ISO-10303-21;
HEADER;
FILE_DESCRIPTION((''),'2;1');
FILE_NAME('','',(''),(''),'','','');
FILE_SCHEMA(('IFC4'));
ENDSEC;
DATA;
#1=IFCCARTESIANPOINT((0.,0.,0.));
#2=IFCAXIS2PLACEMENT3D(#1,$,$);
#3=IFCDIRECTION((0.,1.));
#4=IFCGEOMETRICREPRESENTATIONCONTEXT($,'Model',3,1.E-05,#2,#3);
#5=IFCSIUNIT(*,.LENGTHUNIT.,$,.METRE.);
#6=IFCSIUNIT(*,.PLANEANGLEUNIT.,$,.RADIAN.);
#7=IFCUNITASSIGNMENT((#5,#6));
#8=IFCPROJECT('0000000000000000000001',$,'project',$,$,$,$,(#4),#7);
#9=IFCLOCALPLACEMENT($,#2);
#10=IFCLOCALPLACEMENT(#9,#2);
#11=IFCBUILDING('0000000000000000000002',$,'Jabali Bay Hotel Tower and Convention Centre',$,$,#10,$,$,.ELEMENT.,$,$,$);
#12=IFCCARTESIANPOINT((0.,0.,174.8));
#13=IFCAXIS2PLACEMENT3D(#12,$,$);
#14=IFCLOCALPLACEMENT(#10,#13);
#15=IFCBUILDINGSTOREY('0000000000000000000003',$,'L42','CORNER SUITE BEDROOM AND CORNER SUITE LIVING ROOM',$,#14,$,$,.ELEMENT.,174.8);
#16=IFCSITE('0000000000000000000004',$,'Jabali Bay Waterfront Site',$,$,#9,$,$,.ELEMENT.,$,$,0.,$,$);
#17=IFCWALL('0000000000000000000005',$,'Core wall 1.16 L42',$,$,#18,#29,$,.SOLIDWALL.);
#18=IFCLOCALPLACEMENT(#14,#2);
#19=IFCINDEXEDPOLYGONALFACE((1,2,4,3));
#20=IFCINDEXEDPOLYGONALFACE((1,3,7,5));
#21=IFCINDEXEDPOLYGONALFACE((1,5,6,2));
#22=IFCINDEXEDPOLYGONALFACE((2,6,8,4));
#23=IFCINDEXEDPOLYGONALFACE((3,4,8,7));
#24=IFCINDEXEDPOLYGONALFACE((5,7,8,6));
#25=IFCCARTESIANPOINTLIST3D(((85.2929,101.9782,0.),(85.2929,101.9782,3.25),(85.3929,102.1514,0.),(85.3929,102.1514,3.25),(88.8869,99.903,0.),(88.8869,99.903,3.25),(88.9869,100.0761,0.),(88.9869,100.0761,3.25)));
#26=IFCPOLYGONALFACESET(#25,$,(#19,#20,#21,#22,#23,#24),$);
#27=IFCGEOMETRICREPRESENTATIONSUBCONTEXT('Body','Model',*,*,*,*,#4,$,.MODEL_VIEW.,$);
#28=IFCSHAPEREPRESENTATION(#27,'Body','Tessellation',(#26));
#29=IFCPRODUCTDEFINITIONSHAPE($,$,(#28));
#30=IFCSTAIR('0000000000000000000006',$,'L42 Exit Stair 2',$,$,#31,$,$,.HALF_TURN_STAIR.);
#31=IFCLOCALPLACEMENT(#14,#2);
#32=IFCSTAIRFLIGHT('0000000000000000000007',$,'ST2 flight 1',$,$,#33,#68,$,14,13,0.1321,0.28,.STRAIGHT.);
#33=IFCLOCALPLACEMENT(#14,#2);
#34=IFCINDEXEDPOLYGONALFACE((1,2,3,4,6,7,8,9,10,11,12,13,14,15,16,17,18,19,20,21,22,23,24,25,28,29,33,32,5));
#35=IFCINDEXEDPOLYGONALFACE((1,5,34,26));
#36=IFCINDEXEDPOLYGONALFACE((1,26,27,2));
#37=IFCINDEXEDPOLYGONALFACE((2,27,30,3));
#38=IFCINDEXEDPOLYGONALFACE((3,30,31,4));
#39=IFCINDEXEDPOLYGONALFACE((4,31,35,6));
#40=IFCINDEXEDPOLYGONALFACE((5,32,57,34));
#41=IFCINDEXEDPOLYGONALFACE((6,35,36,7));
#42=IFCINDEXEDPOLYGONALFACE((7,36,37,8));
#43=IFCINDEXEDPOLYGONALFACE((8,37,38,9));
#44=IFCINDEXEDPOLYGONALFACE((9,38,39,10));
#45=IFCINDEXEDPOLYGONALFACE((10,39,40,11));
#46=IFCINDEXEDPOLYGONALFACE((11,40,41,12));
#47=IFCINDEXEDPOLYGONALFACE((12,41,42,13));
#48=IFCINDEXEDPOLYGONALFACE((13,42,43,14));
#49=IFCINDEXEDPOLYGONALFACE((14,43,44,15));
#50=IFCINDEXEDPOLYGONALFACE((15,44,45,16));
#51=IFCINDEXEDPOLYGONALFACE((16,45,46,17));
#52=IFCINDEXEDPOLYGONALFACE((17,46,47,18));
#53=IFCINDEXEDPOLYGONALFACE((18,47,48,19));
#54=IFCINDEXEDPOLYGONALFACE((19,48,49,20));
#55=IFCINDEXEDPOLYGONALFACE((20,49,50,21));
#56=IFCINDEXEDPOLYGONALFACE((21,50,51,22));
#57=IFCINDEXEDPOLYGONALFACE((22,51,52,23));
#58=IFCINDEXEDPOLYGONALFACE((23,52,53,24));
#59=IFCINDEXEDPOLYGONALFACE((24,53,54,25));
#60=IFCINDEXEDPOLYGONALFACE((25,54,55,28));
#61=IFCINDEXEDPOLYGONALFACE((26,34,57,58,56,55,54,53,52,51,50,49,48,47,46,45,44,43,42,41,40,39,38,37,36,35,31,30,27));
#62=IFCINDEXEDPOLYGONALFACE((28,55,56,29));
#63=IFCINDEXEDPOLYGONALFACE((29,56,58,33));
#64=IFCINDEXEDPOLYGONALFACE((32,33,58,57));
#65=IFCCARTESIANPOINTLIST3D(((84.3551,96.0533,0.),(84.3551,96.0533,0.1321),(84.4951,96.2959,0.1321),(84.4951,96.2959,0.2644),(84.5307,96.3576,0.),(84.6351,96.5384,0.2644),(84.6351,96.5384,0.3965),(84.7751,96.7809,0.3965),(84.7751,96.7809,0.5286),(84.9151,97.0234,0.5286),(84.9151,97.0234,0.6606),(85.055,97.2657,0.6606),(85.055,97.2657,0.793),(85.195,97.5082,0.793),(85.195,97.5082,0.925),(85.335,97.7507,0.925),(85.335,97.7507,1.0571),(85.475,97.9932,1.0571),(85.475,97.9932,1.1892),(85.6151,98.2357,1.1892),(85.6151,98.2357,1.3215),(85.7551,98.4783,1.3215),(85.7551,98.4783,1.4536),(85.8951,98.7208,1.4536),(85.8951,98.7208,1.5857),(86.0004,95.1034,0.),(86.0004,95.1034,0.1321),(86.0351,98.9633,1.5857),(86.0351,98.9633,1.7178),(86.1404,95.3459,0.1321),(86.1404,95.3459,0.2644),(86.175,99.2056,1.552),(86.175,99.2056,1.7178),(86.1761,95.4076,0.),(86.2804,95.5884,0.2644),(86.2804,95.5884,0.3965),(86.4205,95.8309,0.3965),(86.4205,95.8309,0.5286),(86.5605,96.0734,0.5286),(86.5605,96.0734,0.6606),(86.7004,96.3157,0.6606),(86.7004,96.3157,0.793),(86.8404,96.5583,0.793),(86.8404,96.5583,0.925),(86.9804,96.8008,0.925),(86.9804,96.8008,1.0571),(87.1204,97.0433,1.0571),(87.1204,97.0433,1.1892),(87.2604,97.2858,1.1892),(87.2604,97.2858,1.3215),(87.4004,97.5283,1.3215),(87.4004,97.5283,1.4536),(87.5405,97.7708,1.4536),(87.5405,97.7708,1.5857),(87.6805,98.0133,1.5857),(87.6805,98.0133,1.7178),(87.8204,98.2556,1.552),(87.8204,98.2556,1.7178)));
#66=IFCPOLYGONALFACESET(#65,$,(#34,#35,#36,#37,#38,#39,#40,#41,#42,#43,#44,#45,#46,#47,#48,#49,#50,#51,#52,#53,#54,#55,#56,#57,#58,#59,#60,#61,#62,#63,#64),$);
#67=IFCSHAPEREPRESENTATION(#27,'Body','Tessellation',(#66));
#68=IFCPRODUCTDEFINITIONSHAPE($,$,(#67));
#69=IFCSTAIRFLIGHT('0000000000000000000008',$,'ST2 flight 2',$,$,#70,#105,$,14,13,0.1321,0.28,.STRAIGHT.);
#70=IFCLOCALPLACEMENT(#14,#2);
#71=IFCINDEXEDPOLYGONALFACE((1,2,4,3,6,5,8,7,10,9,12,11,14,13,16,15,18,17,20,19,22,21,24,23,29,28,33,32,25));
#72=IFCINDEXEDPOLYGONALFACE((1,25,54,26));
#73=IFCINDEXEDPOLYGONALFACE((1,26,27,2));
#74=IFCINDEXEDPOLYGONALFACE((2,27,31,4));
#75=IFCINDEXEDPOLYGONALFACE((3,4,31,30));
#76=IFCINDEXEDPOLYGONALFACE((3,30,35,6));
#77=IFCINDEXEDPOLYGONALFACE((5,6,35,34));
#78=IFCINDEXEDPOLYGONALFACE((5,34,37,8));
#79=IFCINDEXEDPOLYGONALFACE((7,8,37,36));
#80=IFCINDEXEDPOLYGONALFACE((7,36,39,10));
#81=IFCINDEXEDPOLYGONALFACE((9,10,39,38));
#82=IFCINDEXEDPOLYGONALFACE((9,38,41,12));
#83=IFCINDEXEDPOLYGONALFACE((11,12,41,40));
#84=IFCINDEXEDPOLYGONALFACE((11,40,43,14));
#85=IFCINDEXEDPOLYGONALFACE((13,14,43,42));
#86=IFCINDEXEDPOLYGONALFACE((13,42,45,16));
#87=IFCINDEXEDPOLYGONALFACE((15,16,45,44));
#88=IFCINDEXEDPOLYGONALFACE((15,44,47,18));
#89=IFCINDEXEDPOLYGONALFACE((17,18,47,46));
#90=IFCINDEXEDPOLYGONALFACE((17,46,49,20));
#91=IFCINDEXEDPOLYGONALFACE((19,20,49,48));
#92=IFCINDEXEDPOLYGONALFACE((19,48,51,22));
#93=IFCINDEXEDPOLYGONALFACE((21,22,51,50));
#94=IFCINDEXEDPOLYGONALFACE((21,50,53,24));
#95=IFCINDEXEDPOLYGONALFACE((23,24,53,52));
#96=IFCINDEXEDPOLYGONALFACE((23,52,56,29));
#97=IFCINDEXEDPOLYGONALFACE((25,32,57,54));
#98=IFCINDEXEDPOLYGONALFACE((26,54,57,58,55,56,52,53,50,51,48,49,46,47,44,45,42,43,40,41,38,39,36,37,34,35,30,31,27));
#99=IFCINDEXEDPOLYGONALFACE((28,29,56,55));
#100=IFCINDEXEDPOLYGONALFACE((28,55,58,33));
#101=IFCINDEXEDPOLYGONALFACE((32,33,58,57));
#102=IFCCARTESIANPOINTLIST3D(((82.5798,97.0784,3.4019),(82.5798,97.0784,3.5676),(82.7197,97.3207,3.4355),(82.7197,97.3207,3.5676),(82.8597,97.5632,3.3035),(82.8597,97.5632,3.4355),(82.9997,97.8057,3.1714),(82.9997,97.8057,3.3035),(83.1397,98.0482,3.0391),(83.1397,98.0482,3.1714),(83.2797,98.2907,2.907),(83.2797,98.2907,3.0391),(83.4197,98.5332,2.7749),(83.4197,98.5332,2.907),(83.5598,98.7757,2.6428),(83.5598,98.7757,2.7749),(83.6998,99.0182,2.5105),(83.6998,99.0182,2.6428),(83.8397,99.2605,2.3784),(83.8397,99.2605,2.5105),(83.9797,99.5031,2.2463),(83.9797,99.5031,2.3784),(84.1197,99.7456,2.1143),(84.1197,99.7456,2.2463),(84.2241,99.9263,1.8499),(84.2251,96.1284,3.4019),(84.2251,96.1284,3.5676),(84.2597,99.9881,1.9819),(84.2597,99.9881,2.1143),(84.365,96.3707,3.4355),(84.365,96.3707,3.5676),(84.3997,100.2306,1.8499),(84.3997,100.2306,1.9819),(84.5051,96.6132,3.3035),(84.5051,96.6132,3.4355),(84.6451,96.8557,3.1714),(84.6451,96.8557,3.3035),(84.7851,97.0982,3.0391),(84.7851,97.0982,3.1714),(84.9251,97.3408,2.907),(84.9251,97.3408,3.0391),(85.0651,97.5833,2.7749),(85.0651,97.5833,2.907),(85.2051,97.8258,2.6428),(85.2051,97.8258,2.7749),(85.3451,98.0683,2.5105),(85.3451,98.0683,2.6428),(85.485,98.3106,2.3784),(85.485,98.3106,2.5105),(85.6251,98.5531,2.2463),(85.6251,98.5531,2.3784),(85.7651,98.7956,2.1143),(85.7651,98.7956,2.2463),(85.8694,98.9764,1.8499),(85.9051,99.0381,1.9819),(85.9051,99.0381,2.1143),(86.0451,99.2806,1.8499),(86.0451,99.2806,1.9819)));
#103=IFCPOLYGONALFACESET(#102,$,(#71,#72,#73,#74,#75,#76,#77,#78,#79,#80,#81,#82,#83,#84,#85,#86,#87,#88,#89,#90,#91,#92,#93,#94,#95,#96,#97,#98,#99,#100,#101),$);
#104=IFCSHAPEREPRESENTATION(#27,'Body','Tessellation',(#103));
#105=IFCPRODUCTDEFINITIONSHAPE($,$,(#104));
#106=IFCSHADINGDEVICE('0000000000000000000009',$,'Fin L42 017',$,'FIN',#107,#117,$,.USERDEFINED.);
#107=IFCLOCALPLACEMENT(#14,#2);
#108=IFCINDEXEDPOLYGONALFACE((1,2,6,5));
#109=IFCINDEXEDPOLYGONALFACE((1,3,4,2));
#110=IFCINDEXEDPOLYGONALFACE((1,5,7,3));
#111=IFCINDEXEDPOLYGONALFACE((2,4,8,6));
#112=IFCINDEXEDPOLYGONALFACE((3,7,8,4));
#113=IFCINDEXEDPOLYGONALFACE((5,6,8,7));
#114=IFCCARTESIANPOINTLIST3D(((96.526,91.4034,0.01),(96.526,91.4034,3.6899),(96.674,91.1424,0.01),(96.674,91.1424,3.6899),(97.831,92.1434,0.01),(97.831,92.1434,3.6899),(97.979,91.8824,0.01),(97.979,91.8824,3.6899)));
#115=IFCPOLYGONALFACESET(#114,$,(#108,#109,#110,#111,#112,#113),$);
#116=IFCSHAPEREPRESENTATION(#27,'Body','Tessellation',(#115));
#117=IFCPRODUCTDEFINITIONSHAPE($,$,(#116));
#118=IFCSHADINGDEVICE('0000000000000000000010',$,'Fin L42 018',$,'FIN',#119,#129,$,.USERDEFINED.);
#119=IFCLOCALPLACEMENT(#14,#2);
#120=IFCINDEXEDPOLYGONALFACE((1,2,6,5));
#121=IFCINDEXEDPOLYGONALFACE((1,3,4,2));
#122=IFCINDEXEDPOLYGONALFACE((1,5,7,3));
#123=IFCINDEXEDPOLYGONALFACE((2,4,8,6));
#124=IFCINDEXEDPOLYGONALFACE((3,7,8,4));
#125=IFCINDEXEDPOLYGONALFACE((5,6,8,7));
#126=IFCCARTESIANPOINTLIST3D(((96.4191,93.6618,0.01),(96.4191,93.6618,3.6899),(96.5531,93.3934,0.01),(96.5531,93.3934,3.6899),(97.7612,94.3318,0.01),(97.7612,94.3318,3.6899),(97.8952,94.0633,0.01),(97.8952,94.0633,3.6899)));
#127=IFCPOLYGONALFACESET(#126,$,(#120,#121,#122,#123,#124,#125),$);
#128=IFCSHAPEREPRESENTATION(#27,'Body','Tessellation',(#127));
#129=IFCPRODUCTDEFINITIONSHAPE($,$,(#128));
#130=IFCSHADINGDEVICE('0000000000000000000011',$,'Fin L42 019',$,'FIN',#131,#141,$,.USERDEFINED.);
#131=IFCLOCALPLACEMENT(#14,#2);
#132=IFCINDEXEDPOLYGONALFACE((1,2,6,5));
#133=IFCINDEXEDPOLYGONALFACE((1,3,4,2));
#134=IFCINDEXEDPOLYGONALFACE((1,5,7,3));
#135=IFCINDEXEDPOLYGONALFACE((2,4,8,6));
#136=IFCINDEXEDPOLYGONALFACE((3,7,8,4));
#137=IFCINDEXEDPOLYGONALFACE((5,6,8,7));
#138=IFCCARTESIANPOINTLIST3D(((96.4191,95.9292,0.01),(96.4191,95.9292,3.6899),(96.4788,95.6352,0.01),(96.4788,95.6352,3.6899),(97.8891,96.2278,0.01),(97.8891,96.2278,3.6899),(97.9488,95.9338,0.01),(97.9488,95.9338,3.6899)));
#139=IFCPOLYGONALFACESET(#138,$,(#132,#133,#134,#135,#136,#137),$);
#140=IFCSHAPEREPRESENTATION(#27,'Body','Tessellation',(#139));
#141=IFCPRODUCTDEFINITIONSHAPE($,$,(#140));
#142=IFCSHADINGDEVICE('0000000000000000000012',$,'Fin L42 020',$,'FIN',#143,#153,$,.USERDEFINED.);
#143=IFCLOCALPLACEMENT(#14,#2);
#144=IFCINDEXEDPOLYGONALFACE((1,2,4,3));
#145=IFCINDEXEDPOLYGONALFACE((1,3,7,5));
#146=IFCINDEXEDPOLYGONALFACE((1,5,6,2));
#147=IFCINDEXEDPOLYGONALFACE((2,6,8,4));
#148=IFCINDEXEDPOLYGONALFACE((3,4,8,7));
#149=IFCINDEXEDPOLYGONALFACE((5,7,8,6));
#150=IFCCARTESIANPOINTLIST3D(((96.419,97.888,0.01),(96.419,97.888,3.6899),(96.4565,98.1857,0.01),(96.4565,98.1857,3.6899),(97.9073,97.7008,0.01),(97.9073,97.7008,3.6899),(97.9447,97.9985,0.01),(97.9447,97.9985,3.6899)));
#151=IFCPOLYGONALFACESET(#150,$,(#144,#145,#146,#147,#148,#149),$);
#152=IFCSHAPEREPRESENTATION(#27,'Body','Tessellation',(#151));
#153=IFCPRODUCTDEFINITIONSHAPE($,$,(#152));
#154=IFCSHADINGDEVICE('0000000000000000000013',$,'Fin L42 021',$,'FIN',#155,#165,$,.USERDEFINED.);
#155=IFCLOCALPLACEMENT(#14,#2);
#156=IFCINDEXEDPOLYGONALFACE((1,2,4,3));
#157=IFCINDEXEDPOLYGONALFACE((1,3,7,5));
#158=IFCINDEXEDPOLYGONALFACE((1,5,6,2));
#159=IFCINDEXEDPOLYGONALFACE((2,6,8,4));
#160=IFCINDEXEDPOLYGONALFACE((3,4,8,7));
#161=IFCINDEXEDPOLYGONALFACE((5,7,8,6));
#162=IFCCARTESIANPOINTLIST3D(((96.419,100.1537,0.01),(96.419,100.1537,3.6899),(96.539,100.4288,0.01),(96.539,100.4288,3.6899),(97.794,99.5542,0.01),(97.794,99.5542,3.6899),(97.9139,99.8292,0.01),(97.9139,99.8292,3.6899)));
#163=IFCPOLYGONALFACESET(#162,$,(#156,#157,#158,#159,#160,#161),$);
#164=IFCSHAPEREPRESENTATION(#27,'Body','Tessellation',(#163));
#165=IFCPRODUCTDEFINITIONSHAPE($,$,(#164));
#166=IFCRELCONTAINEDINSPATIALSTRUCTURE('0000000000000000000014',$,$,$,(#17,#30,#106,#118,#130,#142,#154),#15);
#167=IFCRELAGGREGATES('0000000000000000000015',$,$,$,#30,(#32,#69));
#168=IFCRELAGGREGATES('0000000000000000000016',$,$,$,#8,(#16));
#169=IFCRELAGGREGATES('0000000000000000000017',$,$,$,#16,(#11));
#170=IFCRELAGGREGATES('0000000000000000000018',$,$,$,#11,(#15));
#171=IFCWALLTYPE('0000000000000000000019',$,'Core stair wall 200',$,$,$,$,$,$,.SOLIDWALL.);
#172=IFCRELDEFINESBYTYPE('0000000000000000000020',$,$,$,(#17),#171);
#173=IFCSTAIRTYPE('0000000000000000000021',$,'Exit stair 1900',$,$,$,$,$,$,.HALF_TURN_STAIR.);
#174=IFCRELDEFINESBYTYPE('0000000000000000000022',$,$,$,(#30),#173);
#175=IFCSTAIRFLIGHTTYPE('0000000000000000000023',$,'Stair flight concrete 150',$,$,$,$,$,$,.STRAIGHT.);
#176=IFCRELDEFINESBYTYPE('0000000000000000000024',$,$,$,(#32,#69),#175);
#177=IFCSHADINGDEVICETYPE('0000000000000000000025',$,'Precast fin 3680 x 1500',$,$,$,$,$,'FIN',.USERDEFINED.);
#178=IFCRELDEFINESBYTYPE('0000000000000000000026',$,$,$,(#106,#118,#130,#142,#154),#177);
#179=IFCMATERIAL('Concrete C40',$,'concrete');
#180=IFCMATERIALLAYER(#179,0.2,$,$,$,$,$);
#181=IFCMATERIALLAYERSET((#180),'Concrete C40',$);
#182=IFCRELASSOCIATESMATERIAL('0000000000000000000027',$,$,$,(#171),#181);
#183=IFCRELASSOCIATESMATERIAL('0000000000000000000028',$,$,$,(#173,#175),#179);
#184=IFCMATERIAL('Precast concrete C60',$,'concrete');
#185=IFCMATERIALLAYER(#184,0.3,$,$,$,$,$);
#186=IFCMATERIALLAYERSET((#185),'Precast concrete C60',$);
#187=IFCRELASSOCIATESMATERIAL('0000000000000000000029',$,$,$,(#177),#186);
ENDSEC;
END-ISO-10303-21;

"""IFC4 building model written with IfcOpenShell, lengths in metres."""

from ifc_helpers import new_model, si_unit, direction, frame, frame_2d, origin, place, context, subcontext, project, spatial, polyline, rectangle, outline, extrude, material, layer, layer_set, type_object, element, aggregate, save


model = new_model("IFC4")

# Units and contexts
model_context = context("Model", 3, precision=1e-05, world=origin(), true_north=direction((0.0, 1.0)))
body_context = subcontext(model_context, "Body", "Model", "MODEL_VIEW")
ifc_project = project(units=[si_unit("LENGTHUNIT", "METRE"), si_unit("PLANEANGLEUNIT", "RADIAN")], contexts=[model_context])

# Site, building, storey
site_placement = place(None, origin())
site = spatial("IfcSite", under=ifc_project, at=site_placement, Name="Jabali Bay Waterfront Site", CompositionType="ELEMENT", RefElevation=0.0)
building_placement = place(site_placement, origin())
building = spatial("IfcBuilding", under=site, at=building_placement, Name="Jabali Bay Hotel Tower and Convention Centre", CompositionType="ELEMENT")
storey_placement = place(building_placement, frame((0.0, 0.0, 174.8)))
storey = spatial("IfcBuildingStorey", under=building, at=storey_placement, Name="L42", Description="CORNER SUITE BEDROOM AND CORNER SUITE LIVING ROOM", CompositionType="ELEMENT", Elevation=174.8)

# Shared definitions
ifc_material_1 = material(Name="Concrete C40", Category="concrete")

# Shared definitions
ifc_layer_1 = layer(ifc_material_1, 0.2)
ifc_layer_set_1 = layer_set([ifc_layer_1], Name="Concrete C40")
wall_type_1 = type_object("IfcWallType", Name="Core stair wall 200", PredefinedType="SOLIDWALL", material=ifc_layer_set_1)

# Wall
wall_1_placement = place(storey_placement, frame((88.937, 99.9895, 0.0), z_axis=(0.0, 0.0, 1.0), x_axis=(-0.866004, 0.500036, 0.0)))
element("IfcWall", 1, at=wall_1_placement, inside=storey, type_object=wall_type_1, Name="Core wall 1.16 L42", PredefinedType="SOLIDWALL", context=body_context, shape_type="SweptSolid", body=[
    extrude(rectangle(XDim=4.1501, YDim=0.2, at=frame_2d((2.0752, 0.0))), origin(), (0.0, 0.0, 1.0), 3.25),
])

# Stair, stair flights
stair_type = type_object("IfcStairType", Name="Exit stair 1900", PredefinedType="HALF_TURN_STAIR", material=ifc_material_1)
stair_placement = place(storey_placement, origin())
stair = element("IfcStair", 2, at=stair_placement, inside=storey, type_object=stair_type, Name="L42 Exit Stair 2", PredefinedType="HALF_TURN_STAIR")
stair_flight_type = type_object("IfcStairFlightType", Name="Stair flight concrete 150", PredefinedType="STRAIGHT", material=ifc_material_1)
stair_flight_1_placement = place(storey_placement, frame((85.1777, 95.5784, 0.0), z_axis=(0.0, 0.0, 1.0), x_axis=(0.5, 0.866025, 0.0)))
stair_flight_1 = element("IfcStairFlight", 3, at=stair_flight_1_placement, type_object=stair_flight_type, Name="ST2 flight 1", NumberOfRisers=14, NumberOfTreads=13, PredefinedType="STRAIGHT", RiserHeight=0.1321, TreadLength=0.28, context=body_context, shape_type="SweptSolid", body=[
    extrude(outline(polyline([(0.0, 0.0), (0.0, 0.1321), (0.28, 0.1321), (0.28, 0.2644), (0.5601, 0.2644), (0.5601, 0.3965), (0.8401, 0.3965), (0.8401, 0.5286), (1.1201, 0.5286), (1.1201, 0.6606), (1.3999, 0.6606), (1.3999, 0.793), (1.6799, 0.793), (1.6799, 0.925), (1.96, 0.925), (1.96, 1.0571), (2.24, 1.0571), (2.24, 1.1892), (2.52, 1.1892), (2.52, 1.3215), (2.8, 1.3215), (2.8, 1.4536), (3.0801, 1.4536), (3.0801, 1.5857), (3.3601, 1.5857), (3.3601, 1.7178), (3.6399, 1.7178), (3.6399, 1.8501), (3.6399, 1.552), (0.3513, 0.0), (0.0, 0.0)])), frame((0.0, 0.95, 0.0), z_axis=(0.0, -1.0, 0.0), x_axis=(1.0, 0.0, 0.0)), (0.0, 0.0, 1.0), 1.8999),
])
stair_flight_2_placement = place(storey_placement, frame((85.2224, 99.7556, 1.8499), z_axis=(0.0, 0.0, 1.0), x_axis=(-0.5, -0.866025, 0.0)))
stair_flight_2 = element("IfcStairFlight", 4, at=stair_flight_2_placement, type_object=stair_flight_type, Name="ST2 flight 2", NumberOfRisers=14, NumberOfTreads=13, PredefinedType="STRAIGHT", RiserHeight=0.1321, TreadLength=0.28, context=body_context, shape_type="SweptSolid", body=[
    extrude(outline(polyline([(0.0, 0.0), (0.0, 0.1321), (0.28, 0.1321), (0.28, 0.2644), (0.5601, 0.2644), (0.5601, 0.3965), (0.8401, 0.3965), (0.8401, 0.5286), (1.1201, 0.5286), (1.1201, 0.6606), (1.3999, 0.6606), (1.3999, 0.793), (1.6799, 0.793), (1.6799, 0.925), (1.96, 0.925), (1.96, 1.0571), (2.24, 1.0571), (2.24, 1.1892), (2.52, 1.1892), (2.52, 1.3215), (2.8, 1.3215), (2.8, 1.4536), (3.0801, 1.4536), (3.0801, 1.5857), (3.3601, 1.5857), (3.3601, 1.7178), (3.6399, 1.7178), (3.6399, 1.8501), (3.6399, 1.552), (0.3513, 0.0), (0.0, 0.0)])), frame((0.0, 0.95, 0.0), z_axis=(0.0, -1.0, 0.0), x_axis=(1.0, 0.0, 0.0)), (0.0, 0.0, 1.0), 1.8999),
])
aggregate(stair, [stair_flight_1, stair_flight_2])

# Shading devices
ifc_material_2 = material(Name="Precast concrete C60", Category="concrete")
ifc_layer_2 = layer(ifc_material_2, 0.3)
ifc_layer_set_2 = layer_set([ifc_layer_2], Name="Precast concrete C60")
shading_device_type = type_object("IfcShadingDeviceType", Name="Precast fin 3680 x 1500", ElementType="FIN", PredefinedType="USERDEFINED", material=ifc_layer_set_2)
shading_device_placement = place(storey_placement, frame((96.6001, 91.2729, 0.01), z_axis=(0.0, 0.0, 1.0), x_axis=(0.869871, 0.493279, 0.0)))
element("IfcShadingDevice", 5, at=shading_device_placement, inside=storey, type_object=shading_device_type, Name="Fin L42 017", ObjectType="FIN", PredefinedType="USERDEFINED", context=body_context, shape_type="SweptSolid", body=[
    extrude(rectangle(XDim=1.5002, YDim=0.3, at=frame_2d((0.75, 0.0))), origin(), (0.0, 0.0, 1.0), 3.6799),
])
for number, where, z_axis, x_axis, name in (
    (6, (96.4861, 93.5276, 0.01), (0.0, 0.0, 1.0), (0.89472, 0.446628, 0.0), "Fin L42 018"),
    (7, (96.449, 95.7822, 0.01), (0.0, 0.0, 1.0), (0.979988, 0.199057, 0.0), "Fin L42 019"),
    (8, (96.4377, 98.0369, 0.01), (0.0, 0.0, 1.0), (0.992177, -0.124836, 0.0), "Fin L42 020"),
    (9, (96.479, 100.2913, 0.01), (0.0, 0.0, 1.0), (0.916635, -0.399726, 0.0), "Fin L42 021"),
):
    element("IfcShadingDevice", number, at=place(storey_placement, frame(where, z_axis=z_axis, x_axis=x_axis)), inside=storey, type_object=shading_device_type, Name=name, ObjectType="FIN", PredefinedType="USERDEFINED", context=body_context, shape_type="SweptSolid", body=[
        extrude(rectangle(XDim=1.5, YDim=0.3, at=frame_2d((0.75, 0.0))), origin(), (0.0, 0.0, 1.0), 3.6799),
    ])

save(model, "model.ifc")
